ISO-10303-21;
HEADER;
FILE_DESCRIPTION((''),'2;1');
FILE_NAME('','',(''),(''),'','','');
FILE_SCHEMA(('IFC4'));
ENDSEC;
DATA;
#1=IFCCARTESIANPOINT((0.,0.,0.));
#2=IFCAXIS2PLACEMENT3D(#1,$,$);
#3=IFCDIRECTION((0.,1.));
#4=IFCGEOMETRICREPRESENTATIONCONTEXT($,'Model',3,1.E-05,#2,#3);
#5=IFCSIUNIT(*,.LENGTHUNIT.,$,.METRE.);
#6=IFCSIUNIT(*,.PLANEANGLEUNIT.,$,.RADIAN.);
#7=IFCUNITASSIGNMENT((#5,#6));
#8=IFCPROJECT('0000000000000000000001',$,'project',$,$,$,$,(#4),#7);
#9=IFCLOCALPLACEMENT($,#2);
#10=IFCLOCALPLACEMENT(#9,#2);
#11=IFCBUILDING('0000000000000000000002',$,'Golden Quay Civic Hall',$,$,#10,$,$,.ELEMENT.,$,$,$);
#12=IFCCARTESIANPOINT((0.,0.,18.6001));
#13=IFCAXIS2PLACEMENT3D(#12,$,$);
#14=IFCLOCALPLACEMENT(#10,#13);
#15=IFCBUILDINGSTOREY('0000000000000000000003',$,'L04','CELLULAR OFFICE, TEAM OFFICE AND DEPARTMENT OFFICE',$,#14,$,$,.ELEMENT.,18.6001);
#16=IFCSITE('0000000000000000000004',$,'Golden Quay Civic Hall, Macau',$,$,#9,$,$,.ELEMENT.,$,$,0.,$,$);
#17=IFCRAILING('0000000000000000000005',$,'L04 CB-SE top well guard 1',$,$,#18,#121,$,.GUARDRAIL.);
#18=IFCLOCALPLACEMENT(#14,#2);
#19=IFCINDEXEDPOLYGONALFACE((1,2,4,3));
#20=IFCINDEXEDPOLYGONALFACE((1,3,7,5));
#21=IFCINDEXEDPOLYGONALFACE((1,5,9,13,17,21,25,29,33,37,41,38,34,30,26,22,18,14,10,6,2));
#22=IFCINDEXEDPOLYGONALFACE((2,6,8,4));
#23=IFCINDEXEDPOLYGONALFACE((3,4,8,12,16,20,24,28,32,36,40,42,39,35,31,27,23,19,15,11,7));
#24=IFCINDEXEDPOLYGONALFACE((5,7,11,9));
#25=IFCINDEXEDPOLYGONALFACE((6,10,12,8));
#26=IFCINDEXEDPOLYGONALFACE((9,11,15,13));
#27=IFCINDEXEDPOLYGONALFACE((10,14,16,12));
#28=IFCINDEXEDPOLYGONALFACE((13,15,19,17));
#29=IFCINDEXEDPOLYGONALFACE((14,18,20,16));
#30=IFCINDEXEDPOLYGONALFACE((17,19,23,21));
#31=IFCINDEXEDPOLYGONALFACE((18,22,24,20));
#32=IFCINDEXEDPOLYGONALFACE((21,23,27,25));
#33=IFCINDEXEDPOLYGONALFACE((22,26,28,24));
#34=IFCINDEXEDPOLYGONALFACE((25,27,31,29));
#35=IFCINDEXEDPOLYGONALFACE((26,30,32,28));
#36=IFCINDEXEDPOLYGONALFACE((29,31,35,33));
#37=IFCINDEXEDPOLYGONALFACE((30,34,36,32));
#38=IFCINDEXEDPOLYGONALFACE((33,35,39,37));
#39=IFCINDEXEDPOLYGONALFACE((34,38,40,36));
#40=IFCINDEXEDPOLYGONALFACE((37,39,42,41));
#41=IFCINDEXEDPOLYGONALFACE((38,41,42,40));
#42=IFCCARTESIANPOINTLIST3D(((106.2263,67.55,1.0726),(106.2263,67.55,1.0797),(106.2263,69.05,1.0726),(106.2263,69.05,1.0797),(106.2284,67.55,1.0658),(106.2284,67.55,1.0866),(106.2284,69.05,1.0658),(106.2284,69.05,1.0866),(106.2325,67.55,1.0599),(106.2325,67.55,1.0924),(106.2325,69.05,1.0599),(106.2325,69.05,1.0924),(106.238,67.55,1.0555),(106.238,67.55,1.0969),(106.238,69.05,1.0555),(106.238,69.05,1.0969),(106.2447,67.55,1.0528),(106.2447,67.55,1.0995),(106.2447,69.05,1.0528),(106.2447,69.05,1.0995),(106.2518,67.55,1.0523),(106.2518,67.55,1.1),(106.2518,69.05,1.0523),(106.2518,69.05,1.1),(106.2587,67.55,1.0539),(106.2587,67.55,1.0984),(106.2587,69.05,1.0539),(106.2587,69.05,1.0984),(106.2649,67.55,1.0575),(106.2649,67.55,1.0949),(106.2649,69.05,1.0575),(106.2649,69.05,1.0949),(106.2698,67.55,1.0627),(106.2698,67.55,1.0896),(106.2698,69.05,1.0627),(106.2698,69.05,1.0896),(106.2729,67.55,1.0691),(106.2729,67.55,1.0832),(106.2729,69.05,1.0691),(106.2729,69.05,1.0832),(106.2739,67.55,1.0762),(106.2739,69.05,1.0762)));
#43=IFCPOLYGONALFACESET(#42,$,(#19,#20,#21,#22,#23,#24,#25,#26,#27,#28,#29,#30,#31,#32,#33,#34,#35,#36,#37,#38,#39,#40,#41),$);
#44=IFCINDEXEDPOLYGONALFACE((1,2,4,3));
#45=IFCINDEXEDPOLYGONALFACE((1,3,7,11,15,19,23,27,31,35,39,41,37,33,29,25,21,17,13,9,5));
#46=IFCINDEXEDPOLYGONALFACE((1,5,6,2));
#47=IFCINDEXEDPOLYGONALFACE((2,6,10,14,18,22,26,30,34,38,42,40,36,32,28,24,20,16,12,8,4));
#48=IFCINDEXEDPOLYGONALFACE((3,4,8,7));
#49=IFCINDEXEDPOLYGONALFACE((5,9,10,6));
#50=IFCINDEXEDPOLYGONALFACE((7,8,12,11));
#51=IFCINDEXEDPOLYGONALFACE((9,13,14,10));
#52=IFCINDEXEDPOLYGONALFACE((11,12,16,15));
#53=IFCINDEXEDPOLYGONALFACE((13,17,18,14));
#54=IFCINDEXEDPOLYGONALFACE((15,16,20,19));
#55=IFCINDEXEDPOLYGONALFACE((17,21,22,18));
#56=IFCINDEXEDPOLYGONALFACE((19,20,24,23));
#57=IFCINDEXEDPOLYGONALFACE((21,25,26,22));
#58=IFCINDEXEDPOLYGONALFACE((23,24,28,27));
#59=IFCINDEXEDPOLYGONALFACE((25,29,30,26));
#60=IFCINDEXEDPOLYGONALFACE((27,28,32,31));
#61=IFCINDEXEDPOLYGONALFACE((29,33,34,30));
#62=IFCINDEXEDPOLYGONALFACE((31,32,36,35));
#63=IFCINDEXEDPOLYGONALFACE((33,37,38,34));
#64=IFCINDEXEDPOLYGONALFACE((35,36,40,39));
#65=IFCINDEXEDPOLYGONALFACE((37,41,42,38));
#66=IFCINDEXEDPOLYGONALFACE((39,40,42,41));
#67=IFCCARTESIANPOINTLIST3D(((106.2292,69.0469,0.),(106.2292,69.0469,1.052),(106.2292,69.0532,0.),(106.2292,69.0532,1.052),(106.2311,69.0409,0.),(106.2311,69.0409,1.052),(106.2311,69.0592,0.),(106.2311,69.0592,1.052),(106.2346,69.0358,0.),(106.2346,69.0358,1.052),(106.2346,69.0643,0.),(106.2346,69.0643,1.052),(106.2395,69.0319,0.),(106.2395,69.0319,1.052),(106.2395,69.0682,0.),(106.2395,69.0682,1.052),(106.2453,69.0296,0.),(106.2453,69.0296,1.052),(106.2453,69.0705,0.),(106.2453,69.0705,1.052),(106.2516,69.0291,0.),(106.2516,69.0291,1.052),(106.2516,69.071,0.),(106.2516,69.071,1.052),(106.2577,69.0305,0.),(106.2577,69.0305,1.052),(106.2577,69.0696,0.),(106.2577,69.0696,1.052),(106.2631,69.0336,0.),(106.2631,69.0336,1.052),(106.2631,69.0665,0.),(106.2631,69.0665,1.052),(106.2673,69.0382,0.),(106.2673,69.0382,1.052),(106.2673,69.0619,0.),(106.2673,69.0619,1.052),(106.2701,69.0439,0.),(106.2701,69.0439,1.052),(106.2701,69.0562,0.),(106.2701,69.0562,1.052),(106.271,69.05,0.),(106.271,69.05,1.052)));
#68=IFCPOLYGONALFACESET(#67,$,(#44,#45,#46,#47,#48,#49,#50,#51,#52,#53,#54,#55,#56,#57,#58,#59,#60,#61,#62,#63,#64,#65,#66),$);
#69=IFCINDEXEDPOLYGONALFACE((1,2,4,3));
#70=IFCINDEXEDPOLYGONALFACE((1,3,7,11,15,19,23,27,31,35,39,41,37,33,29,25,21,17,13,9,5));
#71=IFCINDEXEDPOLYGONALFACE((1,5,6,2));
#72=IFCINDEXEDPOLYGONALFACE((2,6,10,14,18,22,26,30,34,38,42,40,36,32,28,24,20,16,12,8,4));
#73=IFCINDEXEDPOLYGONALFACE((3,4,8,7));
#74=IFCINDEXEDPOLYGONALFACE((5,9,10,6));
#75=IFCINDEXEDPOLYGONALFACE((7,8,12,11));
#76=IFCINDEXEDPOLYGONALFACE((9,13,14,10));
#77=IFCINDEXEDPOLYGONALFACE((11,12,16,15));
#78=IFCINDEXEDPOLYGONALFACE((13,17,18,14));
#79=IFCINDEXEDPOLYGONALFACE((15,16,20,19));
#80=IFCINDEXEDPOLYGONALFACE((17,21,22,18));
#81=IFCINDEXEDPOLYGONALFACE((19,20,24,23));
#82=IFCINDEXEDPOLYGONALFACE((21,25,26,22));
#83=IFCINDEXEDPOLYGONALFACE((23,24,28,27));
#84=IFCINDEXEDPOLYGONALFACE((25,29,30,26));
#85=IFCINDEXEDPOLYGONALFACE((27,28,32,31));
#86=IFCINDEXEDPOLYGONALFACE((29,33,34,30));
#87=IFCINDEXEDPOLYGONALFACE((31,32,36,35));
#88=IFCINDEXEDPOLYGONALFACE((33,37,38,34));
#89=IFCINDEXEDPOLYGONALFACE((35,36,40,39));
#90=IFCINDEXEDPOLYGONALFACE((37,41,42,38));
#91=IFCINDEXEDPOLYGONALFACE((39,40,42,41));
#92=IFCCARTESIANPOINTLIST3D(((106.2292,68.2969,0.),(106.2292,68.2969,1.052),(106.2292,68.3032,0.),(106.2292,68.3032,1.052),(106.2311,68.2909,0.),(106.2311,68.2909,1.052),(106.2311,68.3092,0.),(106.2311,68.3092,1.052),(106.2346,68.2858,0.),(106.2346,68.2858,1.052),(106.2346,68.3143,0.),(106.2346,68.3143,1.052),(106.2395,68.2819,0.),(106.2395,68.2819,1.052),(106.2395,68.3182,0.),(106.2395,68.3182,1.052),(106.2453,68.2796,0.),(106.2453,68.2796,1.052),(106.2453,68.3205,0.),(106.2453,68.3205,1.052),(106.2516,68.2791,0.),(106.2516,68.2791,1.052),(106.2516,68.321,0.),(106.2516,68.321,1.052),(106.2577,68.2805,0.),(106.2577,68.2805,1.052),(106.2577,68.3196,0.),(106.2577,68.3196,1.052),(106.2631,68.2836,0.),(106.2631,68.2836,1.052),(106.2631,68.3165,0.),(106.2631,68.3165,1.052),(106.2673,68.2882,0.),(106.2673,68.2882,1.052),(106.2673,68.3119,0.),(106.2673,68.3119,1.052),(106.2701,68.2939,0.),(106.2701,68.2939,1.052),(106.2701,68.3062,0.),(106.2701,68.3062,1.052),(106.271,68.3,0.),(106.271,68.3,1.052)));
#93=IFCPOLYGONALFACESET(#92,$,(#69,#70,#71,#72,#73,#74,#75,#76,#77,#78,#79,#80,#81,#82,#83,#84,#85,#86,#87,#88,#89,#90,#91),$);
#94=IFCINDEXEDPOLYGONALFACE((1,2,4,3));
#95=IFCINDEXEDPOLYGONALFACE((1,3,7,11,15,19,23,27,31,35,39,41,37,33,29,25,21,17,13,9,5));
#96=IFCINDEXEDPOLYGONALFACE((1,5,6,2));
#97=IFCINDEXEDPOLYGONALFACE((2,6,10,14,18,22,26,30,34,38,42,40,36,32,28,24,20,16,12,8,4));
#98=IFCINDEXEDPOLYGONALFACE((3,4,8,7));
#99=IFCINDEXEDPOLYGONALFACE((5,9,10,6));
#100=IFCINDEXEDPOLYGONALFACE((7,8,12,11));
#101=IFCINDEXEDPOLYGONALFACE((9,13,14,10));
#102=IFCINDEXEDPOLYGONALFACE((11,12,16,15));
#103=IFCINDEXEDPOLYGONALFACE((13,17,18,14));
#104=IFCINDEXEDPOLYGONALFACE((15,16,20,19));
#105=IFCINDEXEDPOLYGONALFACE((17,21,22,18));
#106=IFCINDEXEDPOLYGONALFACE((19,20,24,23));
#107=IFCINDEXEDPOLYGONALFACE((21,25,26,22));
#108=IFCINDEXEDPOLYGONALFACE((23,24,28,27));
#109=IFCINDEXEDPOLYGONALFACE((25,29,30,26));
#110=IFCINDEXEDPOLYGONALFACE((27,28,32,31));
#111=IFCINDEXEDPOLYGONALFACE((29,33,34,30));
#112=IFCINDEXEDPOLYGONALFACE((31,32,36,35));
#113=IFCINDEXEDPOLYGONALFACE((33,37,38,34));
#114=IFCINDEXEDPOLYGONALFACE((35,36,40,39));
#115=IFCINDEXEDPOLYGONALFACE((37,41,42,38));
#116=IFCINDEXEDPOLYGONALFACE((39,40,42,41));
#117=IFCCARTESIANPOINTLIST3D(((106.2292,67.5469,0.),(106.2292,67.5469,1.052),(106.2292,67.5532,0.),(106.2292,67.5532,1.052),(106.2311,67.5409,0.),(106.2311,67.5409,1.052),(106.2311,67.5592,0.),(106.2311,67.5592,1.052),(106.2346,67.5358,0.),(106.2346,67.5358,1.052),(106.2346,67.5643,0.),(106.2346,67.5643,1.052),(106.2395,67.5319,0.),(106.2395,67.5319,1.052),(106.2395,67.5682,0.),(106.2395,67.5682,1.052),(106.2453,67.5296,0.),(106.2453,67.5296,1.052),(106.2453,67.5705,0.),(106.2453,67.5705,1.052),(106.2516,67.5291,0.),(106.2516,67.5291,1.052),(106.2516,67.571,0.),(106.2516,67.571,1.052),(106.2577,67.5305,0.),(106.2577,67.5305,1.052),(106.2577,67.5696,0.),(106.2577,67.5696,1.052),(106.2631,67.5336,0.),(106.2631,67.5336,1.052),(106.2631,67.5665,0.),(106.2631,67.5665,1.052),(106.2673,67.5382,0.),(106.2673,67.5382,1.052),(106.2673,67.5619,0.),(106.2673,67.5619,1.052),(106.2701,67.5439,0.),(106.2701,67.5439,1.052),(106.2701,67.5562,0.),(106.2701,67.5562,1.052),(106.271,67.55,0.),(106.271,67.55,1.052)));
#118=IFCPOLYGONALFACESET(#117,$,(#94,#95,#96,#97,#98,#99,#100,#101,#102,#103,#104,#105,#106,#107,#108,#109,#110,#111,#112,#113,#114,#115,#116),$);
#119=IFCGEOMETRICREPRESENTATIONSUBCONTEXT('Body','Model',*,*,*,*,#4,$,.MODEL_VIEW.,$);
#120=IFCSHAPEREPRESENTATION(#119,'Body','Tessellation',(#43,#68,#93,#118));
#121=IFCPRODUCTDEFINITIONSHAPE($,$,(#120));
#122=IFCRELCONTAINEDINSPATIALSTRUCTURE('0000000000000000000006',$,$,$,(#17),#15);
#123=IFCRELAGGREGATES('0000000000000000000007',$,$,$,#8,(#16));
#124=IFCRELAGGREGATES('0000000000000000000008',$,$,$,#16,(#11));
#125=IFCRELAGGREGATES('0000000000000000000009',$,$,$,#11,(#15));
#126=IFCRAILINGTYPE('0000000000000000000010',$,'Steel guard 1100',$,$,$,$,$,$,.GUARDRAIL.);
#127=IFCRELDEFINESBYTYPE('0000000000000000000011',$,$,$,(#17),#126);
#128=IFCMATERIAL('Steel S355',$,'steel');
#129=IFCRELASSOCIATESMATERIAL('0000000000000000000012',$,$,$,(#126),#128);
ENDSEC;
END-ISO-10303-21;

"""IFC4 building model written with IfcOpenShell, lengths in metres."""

from ifc_helpers import new_model, si_unit, direction, frame, origin, origin_2d, place, context, subcontext, project, spatial, circle, extrude, material, type_object, element, save


model = new_model("IFC4")

# Units and contexts
model_context = context("Model", 3, precision=1e-05, world=origin(), true_north=direction((0.0, 1.0)))
body_context = subcontext(model_context, "Body", "Model", "MODEL_VIEW")
ifc_project = project(units=[si_unit("LENGTHUNIT", "METRE"), si_unit("PLANEANGLEUNIT", "RADIAN")], contexts=[model_context])

# Site, building, storey
site_placement = place(None, origin())
site = spatial("IfcSite", under=ifc_project, at=site_placement, Name="Golden Quay Civic Hall, Macau", CompositionType="ELEMENT", RefElevation=0.0)
building_placement = place(site_placement, origin())
building = spatial("IfcBuilding", under=site, at=building_placement, Name="Golden Quay Civic Hall", CompositionType="ELEMENT")
storey_placement = place(building_placement, frame((0.0, 0.0, 18.6001)))
storey = spatial("IfcBuildingStorey", under=building, at=storey_placement, Name="L04", Description="CELLULAR OFFICE, TEAM OFFICE AND DEPARTMENT OFFICE", CompositionType="ELEMENT", Elevation=18.6001)

# Railing
ifc_material_1 = material(Name="Steel S355", Category="steel")
railing_type = type_object("IfcRailingType", Name="Steel guard 1100", PredefinedType="GUARDRAIL", material=ifc_material_1)
railing_placement = place(storey_placement, frame((106.25, 69.05, 0.0)))
element("IfcRailing", 1, at=railing_placement, inside=storey, type_object=railing_type, Name="L04 CB-SE top well guard 1", PredefinedType="GUARDRAIL", context=body_context, shape_type="SweptSolid", body=[
    extrude(circle(Radius=0.0239, at=origin_2d()), frame((0.0, 0.0, 1.0762), z_axis=(0.0, -1.0, 0.0), x_axis=(1.0, 0.0, 0.0)), (0.0, 0.0, 1.0), 1.5),
    extrude(circle(Radius=0.021, at=origin_2d()), origin(), (0.0, 0.0, 1.0), 1.052),
    extrude(circle(Radius=0.021, at=origin_2d()), frame((0.0, -0.75, 0.0)), (0.0, 0.0, 1.0), 1.052),
    extrude(circle(Radius=0.021, at=origin_2d()), frame((0.0, -1.5, 0.0)), (0.0, 0.0, 1.0), 1.052),
])

save(model, "model.ifc")
